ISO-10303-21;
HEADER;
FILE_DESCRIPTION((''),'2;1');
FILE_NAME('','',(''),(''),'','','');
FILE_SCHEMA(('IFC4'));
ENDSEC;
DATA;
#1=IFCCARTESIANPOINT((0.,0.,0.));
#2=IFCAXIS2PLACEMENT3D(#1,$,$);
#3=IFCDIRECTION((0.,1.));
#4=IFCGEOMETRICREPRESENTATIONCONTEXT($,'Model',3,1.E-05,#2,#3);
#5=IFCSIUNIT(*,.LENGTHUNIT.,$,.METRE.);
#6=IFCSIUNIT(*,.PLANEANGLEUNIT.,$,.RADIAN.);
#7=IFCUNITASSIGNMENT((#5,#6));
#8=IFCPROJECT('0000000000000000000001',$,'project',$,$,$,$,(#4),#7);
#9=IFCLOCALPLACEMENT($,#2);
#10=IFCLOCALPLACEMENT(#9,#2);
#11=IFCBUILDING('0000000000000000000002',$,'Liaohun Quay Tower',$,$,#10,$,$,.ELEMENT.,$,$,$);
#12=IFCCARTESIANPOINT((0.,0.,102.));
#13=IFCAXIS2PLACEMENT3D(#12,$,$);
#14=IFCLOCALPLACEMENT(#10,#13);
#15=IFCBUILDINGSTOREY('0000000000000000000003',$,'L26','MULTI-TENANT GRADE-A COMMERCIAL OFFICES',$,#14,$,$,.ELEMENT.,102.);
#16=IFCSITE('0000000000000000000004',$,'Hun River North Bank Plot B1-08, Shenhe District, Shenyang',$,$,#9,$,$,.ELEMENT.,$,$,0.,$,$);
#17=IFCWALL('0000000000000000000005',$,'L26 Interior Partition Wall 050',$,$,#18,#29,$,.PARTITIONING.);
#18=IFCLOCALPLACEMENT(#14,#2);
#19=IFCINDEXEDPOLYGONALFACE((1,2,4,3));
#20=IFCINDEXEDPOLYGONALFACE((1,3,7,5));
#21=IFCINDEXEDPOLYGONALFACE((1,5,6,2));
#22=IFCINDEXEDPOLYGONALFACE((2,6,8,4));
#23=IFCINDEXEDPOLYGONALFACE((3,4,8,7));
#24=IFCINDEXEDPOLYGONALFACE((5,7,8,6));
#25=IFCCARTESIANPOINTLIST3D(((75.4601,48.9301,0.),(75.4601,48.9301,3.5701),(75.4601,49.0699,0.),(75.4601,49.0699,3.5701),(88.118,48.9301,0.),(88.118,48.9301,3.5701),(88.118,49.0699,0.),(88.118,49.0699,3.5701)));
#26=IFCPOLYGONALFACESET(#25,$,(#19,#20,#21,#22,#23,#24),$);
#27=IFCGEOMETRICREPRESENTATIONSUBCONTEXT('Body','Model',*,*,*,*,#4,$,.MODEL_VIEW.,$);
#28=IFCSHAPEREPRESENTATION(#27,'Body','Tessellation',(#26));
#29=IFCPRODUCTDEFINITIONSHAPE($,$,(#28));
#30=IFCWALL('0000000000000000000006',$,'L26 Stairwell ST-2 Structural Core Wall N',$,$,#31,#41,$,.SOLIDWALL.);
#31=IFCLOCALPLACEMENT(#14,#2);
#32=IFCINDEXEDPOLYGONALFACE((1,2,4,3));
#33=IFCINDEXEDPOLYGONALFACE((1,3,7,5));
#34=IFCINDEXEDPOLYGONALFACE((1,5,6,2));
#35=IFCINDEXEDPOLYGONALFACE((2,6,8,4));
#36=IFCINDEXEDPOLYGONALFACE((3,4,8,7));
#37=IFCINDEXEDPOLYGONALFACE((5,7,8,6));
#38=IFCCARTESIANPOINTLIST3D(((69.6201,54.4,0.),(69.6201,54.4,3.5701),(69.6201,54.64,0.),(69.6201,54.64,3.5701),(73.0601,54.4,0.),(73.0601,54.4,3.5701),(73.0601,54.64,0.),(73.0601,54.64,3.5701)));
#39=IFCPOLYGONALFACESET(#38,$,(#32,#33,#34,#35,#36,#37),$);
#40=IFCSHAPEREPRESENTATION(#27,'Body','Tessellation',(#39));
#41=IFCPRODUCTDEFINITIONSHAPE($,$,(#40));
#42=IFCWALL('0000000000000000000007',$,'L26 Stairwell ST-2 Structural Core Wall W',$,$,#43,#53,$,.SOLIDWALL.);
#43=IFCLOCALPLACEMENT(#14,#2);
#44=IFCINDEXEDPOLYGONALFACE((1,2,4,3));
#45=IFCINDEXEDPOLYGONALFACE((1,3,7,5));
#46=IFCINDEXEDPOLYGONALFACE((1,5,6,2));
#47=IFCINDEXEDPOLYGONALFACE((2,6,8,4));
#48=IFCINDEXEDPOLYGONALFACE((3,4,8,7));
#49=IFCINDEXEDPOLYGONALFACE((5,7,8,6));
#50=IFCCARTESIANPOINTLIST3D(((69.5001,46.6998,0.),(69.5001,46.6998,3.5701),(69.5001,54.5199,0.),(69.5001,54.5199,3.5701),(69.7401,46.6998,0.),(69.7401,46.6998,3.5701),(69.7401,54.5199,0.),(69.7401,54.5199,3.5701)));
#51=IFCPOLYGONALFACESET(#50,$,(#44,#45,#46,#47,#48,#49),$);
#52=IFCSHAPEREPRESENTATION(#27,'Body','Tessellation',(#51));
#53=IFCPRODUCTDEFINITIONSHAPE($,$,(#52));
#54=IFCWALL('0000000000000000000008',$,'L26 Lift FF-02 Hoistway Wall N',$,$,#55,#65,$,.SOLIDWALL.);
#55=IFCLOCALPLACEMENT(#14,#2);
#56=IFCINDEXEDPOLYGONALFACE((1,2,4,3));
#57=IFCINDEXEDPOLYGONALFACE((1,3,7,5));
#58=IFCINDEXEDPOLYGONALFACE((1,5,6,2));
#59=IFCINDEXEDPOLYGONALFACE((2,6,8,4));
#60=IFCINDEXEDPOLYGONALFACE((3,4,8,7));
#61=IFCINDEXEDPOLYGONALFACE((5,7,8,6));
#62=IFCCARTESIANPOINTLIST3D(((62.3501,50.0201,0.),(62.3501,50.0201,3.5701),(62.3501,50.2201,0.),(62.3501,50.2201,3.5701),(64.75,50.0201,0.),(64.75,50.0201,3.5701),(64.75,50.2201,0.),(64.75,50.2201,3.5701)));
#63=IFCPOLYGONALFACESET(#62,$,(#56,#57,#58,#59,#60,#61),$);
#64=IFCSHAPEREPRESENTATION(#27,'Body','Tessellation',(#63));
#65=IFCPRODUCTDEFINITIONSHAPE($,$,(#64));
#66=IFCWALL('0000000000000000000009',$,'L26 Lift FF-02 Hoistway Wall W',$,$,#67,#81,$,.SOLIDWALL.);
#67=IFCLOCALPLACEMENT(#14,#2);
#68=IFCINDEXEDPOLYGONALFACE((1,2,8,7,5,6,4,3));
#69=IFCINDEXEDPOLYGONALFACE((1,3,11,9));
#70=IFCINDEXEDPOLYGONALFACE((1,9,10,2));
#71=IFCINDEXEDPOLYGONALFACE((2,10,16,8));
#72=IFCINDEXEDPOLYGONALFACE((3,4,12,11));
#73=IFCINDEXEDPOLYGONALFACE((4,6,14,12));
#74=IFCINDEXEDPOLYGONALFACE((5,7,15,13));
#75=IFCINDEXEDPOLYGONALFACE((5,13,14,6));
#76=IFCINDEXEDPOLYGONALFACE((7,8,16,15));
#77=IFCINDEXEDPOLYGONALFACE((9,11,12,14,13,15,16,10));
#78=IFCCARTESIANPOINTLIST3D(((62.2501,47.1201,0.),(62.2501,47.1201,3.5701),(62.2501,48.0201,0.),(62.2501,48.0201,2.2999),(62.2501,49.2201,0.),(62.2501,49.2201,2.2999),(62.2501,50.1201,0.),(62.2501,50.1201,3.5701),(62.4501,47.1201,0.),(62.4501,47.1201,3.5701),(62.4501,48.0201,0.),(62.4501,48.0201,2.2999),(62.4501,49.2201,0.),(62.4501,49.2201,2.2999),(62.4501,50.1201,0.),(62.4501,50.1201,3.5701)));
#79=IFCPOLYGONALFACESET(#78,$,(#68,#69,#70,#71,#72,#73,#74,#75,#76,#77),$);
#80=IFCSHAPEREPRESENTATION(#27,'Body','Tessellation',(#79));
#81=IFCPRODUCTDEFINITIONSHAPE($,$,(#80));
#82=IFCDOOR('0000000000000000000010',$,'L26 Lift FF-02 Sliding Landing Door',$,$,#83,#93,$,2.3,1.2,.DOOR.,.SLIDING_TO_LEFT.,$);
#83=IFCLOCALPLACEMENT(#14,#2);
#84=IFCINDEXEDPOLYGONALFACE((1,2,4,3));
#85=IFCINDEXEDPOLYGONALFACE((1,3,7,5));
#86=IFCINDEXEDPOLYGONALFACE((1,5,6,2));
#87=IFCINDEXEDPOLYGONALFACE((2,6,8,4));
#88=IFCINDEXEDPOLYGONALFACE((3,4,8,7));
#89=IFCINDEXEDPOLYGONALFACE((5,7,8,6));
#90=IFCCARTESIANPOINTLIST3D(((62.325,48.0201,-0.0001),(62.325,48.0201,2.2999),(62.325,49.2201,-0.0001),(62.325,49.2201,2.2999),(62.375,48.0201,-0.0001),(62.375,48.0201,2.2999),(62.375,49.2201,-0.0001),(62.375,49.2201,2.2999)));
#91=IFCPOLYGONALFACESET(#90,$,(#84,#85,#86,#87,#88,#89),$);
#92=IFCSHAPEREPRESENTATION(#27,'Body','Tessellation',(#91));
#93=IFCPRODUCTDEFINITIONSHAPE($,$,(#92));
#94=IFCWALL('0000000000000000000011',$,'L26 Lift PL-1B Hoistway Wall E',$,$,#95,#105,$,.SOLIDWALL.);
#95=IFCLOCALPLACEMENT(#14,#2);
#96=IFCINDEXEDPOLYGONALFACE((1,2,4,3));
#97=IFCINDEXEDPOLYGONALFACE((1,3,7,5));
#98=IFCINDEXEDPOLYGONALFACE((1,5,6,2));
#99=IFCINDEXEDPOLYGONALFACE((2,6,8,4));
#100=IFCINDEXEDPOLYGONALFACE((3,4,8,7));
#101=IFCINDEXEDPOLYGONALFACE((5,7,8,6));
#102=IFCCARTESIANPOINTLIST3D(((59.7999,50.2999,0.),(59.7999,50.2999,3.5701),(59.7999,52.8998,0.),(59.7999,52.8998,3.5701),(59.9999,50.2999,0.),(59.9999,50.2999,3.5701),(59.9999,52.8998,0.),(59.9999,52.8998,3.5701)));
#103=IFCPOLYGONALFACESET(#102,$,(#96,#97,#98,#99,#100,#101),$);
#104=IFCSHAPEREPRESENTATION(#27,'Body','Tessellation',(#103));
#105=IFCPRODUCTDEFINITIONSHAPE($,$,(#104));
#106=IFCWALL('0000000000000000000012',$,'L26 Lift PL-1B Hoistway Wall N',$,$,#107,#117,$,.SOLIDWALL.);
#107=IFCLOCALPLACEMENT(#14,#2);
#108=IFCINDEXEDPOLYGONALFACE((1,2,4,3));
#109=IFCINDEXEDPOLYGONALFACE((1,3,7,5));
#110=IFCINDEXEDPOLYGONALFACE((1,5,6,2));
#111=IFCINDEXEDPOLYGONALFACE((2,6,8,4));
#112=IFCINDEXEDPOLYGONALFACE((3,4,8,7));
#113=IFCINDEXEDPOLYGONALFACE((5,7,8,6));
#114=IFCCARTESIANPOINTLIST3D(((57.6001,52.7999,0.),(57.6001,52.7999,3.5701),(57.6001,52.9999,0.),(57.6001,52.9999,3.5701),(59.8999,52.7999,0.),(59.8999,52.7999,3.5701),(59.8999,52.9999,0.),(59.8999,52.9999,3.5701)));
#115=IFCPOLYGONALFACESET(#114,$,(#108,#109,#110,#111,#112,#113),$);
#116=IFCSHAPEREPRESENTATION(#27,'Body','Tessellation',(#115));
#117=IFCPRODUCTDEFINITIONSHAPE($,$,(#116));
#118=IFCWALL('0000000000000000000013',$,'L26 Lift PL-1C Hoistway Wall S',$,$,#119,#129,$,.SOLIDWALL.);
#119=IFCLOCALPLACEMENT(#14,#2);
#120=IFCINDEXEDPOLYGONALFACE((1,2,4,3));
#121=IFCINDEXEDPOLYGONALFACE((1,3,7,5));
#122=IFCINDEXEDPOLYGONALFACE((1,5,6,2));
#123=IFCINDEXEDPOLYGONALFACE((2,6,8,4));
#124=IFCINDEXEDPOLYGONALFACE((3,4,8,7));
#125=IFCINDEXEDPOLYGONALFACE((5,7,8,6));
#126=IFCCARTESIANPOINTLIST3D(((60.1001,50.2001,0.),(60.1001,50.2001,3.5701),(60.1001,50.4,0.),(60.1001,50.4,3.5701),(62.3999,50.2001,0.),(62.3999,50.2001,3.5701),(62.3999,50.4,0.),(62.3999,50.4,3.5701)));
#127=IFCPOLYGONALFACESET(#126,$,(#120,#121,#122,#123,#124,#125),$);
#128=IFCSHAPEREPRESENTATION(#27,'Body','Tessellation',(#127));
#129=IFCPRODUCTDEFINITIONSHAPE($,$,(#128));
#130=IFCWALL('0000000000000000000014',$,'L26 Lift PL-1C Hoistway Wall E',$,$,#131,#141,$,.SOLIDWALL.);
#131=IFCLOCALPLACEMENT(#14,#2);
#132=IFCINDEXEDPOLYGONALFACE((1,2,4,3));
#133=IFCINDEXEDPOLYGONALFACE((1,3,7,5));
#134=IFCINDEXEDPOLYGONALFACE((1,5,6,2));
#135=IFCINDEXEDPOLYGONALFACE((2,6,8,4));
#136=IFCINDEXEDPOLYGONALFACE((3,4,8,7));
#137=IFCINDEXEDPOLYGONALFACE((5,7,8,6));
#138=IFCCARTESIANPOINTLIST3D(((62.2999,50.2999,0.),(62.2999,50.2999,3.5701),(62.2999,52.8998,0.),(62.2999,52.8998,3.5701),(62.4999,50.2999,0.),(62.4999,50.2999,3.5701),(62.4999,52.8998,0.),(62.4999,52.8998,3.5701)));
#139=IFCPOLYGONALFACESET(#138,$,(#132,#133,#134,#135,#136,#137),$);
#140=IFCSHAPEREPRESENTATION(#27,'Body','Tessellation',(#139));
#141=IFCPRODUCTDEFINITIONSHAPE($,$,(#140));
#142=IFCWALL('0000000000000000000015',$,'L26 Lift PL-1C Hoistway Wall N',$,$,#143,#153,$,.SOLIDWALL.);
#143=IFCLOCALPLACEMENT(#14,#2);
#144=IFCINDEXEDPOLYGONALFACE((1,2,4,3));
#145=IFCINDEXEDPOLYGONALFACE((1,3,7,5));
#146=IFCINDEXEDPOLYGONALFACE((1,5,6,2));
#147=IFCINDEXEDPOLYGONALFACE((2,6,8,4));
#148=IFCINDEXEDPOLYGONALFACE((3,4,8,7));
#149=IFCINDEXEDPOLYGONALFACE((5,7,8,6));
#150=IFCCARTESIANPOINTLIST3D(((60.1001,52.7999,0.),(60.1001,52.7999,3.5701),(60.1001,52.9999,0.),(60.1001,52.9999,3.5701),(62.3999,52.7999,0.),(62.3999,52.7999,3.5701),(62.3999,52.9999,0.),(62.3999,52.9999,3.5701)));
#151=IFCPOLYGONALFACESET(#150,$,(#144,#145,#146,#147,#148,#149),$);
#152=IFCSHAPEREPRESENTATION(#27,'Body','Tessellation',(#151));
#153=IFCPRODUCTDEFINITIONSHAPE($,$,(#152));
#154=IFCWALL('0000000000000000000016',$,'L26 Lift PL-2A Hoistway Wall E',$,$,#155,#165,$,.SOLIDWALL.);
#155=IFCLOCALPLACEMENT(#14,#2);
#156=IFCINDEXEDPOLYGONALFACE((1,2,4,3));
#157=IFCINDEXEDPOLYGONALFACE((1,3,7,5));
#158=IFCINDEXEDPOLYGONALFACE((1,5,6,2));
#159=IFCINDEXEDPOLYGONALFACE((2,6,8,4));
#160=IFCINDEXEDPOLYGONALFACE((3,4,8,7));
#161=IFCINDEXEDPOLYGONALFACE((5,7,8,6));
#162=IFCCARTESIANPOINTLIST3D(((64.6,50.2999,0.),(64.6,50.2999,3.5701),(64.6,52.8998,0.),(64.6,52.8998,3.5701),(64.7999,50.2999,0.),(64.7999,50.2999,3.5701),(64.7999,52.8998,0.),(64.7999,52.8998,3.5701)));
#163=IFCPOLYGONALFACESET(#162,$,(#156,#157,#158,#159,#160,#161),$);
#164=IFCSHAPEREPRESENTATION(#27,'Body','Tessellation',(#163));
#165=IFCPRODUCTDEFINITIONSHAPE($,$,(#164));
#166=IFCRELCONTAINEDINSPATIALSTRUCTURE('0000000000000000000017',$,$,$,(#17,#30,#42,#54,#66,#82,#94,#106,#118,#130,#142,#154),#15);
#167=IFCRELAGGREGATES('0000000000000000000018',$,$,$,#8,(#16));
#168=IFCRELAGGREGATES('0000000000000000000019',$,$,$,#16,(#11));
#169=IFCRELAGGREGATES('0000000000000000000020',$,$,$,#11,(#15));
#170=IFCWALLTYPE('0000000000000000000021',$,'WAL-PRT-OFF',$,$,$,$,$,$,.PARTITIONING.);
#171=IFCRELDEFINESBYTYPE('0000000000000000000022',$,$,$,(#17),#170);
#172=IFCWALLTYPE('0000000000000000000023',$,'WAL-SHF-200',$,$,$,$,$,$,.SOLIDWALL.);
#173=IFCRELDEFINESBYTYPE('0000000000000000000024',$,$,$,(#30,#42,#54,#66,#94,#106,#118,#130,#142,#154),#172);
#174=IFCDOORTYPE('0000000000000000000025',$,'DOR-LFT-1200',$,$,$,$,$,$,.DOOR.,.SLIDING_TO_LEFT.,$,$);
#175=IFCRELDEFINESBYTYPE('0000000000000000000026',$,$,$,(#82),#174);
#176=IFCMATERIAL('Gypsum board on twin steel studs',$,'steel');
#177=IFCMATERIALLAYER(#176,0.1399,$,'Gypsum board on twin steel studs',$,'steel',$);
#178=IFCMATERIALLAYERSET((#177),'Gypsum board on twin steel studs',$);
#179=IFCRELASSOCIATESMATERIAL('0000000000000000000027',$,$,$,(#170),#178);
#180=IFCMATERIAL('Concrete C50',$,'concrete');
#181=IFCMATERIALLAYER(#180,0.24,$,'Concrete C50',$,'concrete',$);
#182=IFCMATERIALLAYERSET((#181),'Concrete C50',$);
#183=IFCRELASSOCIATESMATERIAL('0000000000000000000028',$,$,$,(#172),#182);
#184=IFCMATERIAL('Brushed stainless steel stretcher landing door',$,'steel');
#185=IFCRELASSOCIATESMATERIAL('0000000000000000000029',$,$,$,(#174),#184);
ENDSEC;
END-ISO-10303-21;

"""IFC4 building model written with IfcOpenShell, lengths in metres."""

from ifc_helpers import new_model, si_unit, direction, frame, frame_2d, origin, place, context, subcontext, project, spatial, rectangle, extrude, source, transform, mapped, material, layer, layer_set, type_object, element, fill, save


model = new_model("IFC4")

# Units and contexts
model_context = context("Model", 3, precision=1e-05, world=origin(), true_north=direction((0.0, 1.0)))
body_context = subcontext(model_context, "Body", "Model", "MODEL_VIEW")
ifc_project = project(units=[si_unit("LENGTHUNIT", "METRE"), si_unit("PLANEANGLEUNIT", "RADIAN")], contexts=[model_context])

# Site, building, storey
site_placement = place(None, origin())
site = spatial("IfcSite", under=ifc_project, at=site_placement, Name="Hun River North Bank Plot B1-08, Shenhe District, Shenyang", CompositionType="ELEMENT", RefElevation=0.0)
building_placement = place(site_placement, origin())
building = spatial("IfcBuilding", under=site, at=building_placement, Name="Liaohun Quay Tower", CompositionType="ELEMENT")
storey_placement = place(building_placement, frame((0.0, 0.0, 102.0)))
storey = spatial("IfcBuildingStorey", under=building, at=storey_placement, Name="L26", Description="MULTI-TENANT GRADE-A COMMERCIAL OFFICES", CompositionType="ELEMENT", Elevation=102.0)

# Walls
ifc_material_1 = material(Name="Gypsum board on twin steel studs", Category="steel")
ifc_layer_1 = layer(ifc_material_1, 0.1399, Name="Gypsum board on twin steel studs", Category="steel")
ifc_layer_set_1 = layer_set([ifc_layer_1], Name="Gypsum board on twin steel studs")
wall_type_1 = type_object("IfcWallType", Name="WAL-PRT-OFF", PredefinedType="PARTITIONING", material=ifc_layer_set_1)
wall_1_placement = place(storey_placement, frame((75.46, 49.0, 0.0), z_axis=(0.0, 0.0, 1.0), x_axis=(1.0, 0.0, 0.0)))
element("IfcWall", 1, at=wall_1_placement, inside=storey, type_object=wall_type_1, Name="L26 Interior Partition Wall 050", PredefinedType="PARTITIONING", context=body_context, shape_type="SweptSolid", body=[
    extrude(rectangle(XDim=12.658, YDim=0.1399, at=frame_2d((6.3291, 0.0))), origin(), (0.0, 0.0, 1.0), 3.5701),
])
ifc_material_2 = material(Name="Concrete C50", Category="concrete")
ifc_layer_2 = layer(ifc_material_2, 0.24, Name="Concrete C50", Category="concrete")
ifc_layer_set_2 = layer_set([ifc_layer_2], Name="Concrete C50")
wall_type_2 = type_object("IfcWallType", Name="WAL-SHF-200", PredefinedType="SOLIDWALL", material=ifc_layer_set_2)
wall_2_placement = place(storey_placement, frame((73.0601, 54.52, 0.0), z_axis=(0.0, 0.0, 1.0), x_axis=(-1.0, 0.0, 0.0)))
element("IfcWall", 2, at=wall_2_placement, inside=storey, type_object=wall_type_2, Name="L26 Stairwell ST-2 Structural Core Wall N", PredefinedType="SOLIDWALL", context=body_context, shape_type="SweptSolid", body=[
    extrude(rectangle(XDim=3.4399, YDim=0.24, at=frame_2d((1.72, 0.0))), origin(), (0.0, 0.0, 1.0), 3.5701),
])
wall_3_placement = place(storey_placement, frame((69.6201, 54.52, 0.0), z_axis=(0.0, 0.0, 1.0), x_axis=(0.0, -1.0, 0.0)))
element("IfcWall", 3, at=wall_3_placement, inside=storey, type_object=wall_type_2, Name="L26 Stairwell ST-2 Structural Core Wall W", PredefinedType="SOLIDWALL", context=body_context, shape_type="SweptSolid", body=[
    extrude(rectangle(XDim=7.8201, YDim=0.24, at=frame_2d((3.9102, 0.0))), origin(), (0.0, 0.0, 1.0), 3.5701),
])
wall_4_placement = place(storey_placement, frame((64.75, 50.1201, 0.0), z_axis=(0.0, 0.0, 1.0), x_axis=(-1.0, 0.0, 0.0)))
element("IfcWall", 4, at=wall_4_placement, inside=storey, type_object=wall_type_2, Name="L26 Lift FF-02 Hoistway Wall N", PredefinedType="SOLIDWALL", context=body_context, shape_type="SweptSolid", body=[
    extrude(rectangle(XDim=2.3999, YDim=0.2, at=frame_2d((1.2, 0.0))), origin(), (0.0, 0.0, 1.0), 3.5701),
])

# Wall, opening, door
wall_5_placement = place(storey_placement, frame((62.3501, 50.1201, 0.0), z_axis=(0.0, 0.0, 1.0), x_axis=(0.0, -1.0, 0.0)))
wall_5 = element("IfcWall", 5, at=wall_5_placement, inside=storey, type_object=wall_type_2, Name="L26 Lift FF-02 Hoistway Wall W", PredefinedType="SOLIDWALL", context=body_context, shape_type="SweptSolid", body=[
    extrude(rectangle(XDim=3.0, YDim=0.2, at=frame_2d((1.5, 0.0))), origin(), (0.0, 0.0, 1.0), 3.5701),
])
shared_shape_1 = source(origin(), body_context, "Body", "SweptSolid", [
    extrude(rectangle(XDim=1.2, YDim=2.3, at=frame_2d((0.6001, 1.1499))), frame((0.0, 0.1099, 0.0), z_axis=(0.0, -1.0, 0.0), x_axis=(1.0, 0.0, 0.0)), (0.0, 0.0, 1.0), 0.22),
])
opening_1_placement = place(wall_5_placement, frame((0.8999, 0.0, 0.0)))
opening_1 = element("IfcOpeningElement", 6, at=opening_1_placement, cuts=wall_5, PredefinedType="OPENING", context=body_context, shape_type="MappedRepresentation", body=[
    mapped(shared_shape_1, transform((0.0, 0.0, 0.0), x_axis=(1.0, 0.0, 0.0), y_axis=(0.0, 1.0, 0.0), z_axis=(0.0, 0.0, 1.0), scale=1.0)),
])
ifc_material_3 = material(Name="Brushed stainless steel stretcher landing door", Category="steel")
door_type_1 = type_object("IfcDoorType", Name="DOR-LFT-1200", OperationType="SLIDING_TO_LEFT", PredefinedType="DOOR", material=ifc_material_3)
shared_shape_2 = source(origin(), body_context, "Body", "SweptSolid", [
    extrude(rectangle(XDim=1.2, YDim=2.3, at=frame_2d((0.6001, 1.1499))), frame((0.0, 0.0249, 0.0), z_axis=(0.0, -1.0, 0.0), x_axis=(1.0, 0.0, 0.0)), (0.0, 0.0, 1.0), 0.05),
])
door_1_placement = place(opening_1_placement, origin())
door_1 = element("IfcDoor", 7, at=door_1_placement, inside=storey, type_object=door_type_1, Name="L26 Lift FF-02 Sliding Landing Door", OperationType="SLIDING_TO_LEFT", OverallHeight=2.3, OverallWidth=1.2, PredefinedType="DOOR", context=body_context, shape_type="MappedRepresentation", body=[
    mapped(shared_shape_2, transform((0.0, 0.0, 0.0), x_axis=(1.0, 0.0, 0.0), y_axis=(0.0, 1.0, 0.0), z_axis=(0.0, 0.0, 1.0), scale=1.0)),
])
fill(opening_1, door_1)

# Walls
wall_6_placement = place(storey_placement, frame((59.8999, 50.3, 0.0), z_axis=(0.0, 0.0, 1.0), x_axis=(0.0, 1.0, 0.0)))
element("IfcWall", 8, at=wall_6_placement, inside=storey, type_object=wall_type_2, Name="L26 Lift PL-1B Hoistway Wall E", PredefinedType="SOLIDWALL", context=body_context, shape_type="SweptSolid", body=[
    extrude(rectangle(XDim=2.5999, YDim=0.2, at=frame_2d((1.2998, 0.0))), origin(), (0.0, 0.0, 1.0), 3.5701),
])
for number, where, z_axis, x_axis, name in (
    (9, (59.8999, 52.8999, 0.0), (0.0, 0.0, 1.0), (-1.0, 0.0, 0.0), "L26 Lift PL-1B Hoistway Wall N"),
    (10, (60.1001, 50.3, 0.0), (0.0, 0.0, 1.0), (1.0, 0.0, 0.0), "L26 Lift PL-1C Hoistway Wall S"),
):
    element("IfcWall", number, at=place(storey_placement, frame(where, z_axis=z_axis, x_axis=x_axis)), inside=storey, type_object=wall_type_2, Name=name, PredefinedType="SOLIDWALL", context=body_context, shape_type="SweptSolid", body=[
        extrude(rectangle(XDim=2.2998, YDim=0.2, at=frame_2d((1.1499, 0.0))), origin(), (0.0, 0.0, 1.0), 3.5701),
    ])
wall_7_placement = place(storey_placement, frame((62.3999, 50.3, 0.0), z_axis=(0.0, 0.0, 1.0), x_axis=(0.0, 1.0, 0.0)))
element("IfcWall", 11, at=wall_7_placement, inside=storey, type_object=wall_type_2, Name="L26 Lift PL-1C Hoistway Wall E", PredefinedType="SOLIDWALL", context=body_context, shape_type="SweptSolid", body=[
    extrude(rectangle(XDim=2.5999, YDim=0.2, at=frame_2d((1.2998, 0.0))), origin(), (0.0, 0.0, 1.0), 3.5701),
])
wall_8_placement = place(storey_placement, frame((62.3999, 52.8999, 0.0), z_axis=(0.0, 0.0, 1.0), x_axis=(-1.0, 0.0, 0.0)))
element("IfcWall", 12, at=wall_8_placement, inside=storey, type_object=wall_type_2, Name="L26 Lift PL-1C Hoistway Wall N", PredefinedType="SOLIDWALL", context=body_context, shape_type="SweptSolid", body=[
    extrude(rectangle(XDim=2.2998, YDim=0.2, at=frame_2d((1.1499, 0.0))), origin(), (0.0, 0.0, 1.0), 3.5701),
])
wall_9_placement = place(storey_placement, frame((64.7, 50.3, 0.0), z_axis=(0.0, 0.0, 1.0), x_axis=(0.0, 1.0, 0.0)))
element("IfcWall", 13, at=wall_9_placement, inside=storey, type_object=wall_type_2, Name="L26 Lift PL-2A Hoistway Wall E", PredefinedType="SOLIDWALL", context=body_context, shape_type="SweptSolid", body=[
    extrude(rectangle(XDim=2.5999, YDim=0.2, at=frame_2d((1.2998, 0.0))), origin(), (0.0, 0.0, 1.0), 3.5701),
])

save(model, "model.ifc")
